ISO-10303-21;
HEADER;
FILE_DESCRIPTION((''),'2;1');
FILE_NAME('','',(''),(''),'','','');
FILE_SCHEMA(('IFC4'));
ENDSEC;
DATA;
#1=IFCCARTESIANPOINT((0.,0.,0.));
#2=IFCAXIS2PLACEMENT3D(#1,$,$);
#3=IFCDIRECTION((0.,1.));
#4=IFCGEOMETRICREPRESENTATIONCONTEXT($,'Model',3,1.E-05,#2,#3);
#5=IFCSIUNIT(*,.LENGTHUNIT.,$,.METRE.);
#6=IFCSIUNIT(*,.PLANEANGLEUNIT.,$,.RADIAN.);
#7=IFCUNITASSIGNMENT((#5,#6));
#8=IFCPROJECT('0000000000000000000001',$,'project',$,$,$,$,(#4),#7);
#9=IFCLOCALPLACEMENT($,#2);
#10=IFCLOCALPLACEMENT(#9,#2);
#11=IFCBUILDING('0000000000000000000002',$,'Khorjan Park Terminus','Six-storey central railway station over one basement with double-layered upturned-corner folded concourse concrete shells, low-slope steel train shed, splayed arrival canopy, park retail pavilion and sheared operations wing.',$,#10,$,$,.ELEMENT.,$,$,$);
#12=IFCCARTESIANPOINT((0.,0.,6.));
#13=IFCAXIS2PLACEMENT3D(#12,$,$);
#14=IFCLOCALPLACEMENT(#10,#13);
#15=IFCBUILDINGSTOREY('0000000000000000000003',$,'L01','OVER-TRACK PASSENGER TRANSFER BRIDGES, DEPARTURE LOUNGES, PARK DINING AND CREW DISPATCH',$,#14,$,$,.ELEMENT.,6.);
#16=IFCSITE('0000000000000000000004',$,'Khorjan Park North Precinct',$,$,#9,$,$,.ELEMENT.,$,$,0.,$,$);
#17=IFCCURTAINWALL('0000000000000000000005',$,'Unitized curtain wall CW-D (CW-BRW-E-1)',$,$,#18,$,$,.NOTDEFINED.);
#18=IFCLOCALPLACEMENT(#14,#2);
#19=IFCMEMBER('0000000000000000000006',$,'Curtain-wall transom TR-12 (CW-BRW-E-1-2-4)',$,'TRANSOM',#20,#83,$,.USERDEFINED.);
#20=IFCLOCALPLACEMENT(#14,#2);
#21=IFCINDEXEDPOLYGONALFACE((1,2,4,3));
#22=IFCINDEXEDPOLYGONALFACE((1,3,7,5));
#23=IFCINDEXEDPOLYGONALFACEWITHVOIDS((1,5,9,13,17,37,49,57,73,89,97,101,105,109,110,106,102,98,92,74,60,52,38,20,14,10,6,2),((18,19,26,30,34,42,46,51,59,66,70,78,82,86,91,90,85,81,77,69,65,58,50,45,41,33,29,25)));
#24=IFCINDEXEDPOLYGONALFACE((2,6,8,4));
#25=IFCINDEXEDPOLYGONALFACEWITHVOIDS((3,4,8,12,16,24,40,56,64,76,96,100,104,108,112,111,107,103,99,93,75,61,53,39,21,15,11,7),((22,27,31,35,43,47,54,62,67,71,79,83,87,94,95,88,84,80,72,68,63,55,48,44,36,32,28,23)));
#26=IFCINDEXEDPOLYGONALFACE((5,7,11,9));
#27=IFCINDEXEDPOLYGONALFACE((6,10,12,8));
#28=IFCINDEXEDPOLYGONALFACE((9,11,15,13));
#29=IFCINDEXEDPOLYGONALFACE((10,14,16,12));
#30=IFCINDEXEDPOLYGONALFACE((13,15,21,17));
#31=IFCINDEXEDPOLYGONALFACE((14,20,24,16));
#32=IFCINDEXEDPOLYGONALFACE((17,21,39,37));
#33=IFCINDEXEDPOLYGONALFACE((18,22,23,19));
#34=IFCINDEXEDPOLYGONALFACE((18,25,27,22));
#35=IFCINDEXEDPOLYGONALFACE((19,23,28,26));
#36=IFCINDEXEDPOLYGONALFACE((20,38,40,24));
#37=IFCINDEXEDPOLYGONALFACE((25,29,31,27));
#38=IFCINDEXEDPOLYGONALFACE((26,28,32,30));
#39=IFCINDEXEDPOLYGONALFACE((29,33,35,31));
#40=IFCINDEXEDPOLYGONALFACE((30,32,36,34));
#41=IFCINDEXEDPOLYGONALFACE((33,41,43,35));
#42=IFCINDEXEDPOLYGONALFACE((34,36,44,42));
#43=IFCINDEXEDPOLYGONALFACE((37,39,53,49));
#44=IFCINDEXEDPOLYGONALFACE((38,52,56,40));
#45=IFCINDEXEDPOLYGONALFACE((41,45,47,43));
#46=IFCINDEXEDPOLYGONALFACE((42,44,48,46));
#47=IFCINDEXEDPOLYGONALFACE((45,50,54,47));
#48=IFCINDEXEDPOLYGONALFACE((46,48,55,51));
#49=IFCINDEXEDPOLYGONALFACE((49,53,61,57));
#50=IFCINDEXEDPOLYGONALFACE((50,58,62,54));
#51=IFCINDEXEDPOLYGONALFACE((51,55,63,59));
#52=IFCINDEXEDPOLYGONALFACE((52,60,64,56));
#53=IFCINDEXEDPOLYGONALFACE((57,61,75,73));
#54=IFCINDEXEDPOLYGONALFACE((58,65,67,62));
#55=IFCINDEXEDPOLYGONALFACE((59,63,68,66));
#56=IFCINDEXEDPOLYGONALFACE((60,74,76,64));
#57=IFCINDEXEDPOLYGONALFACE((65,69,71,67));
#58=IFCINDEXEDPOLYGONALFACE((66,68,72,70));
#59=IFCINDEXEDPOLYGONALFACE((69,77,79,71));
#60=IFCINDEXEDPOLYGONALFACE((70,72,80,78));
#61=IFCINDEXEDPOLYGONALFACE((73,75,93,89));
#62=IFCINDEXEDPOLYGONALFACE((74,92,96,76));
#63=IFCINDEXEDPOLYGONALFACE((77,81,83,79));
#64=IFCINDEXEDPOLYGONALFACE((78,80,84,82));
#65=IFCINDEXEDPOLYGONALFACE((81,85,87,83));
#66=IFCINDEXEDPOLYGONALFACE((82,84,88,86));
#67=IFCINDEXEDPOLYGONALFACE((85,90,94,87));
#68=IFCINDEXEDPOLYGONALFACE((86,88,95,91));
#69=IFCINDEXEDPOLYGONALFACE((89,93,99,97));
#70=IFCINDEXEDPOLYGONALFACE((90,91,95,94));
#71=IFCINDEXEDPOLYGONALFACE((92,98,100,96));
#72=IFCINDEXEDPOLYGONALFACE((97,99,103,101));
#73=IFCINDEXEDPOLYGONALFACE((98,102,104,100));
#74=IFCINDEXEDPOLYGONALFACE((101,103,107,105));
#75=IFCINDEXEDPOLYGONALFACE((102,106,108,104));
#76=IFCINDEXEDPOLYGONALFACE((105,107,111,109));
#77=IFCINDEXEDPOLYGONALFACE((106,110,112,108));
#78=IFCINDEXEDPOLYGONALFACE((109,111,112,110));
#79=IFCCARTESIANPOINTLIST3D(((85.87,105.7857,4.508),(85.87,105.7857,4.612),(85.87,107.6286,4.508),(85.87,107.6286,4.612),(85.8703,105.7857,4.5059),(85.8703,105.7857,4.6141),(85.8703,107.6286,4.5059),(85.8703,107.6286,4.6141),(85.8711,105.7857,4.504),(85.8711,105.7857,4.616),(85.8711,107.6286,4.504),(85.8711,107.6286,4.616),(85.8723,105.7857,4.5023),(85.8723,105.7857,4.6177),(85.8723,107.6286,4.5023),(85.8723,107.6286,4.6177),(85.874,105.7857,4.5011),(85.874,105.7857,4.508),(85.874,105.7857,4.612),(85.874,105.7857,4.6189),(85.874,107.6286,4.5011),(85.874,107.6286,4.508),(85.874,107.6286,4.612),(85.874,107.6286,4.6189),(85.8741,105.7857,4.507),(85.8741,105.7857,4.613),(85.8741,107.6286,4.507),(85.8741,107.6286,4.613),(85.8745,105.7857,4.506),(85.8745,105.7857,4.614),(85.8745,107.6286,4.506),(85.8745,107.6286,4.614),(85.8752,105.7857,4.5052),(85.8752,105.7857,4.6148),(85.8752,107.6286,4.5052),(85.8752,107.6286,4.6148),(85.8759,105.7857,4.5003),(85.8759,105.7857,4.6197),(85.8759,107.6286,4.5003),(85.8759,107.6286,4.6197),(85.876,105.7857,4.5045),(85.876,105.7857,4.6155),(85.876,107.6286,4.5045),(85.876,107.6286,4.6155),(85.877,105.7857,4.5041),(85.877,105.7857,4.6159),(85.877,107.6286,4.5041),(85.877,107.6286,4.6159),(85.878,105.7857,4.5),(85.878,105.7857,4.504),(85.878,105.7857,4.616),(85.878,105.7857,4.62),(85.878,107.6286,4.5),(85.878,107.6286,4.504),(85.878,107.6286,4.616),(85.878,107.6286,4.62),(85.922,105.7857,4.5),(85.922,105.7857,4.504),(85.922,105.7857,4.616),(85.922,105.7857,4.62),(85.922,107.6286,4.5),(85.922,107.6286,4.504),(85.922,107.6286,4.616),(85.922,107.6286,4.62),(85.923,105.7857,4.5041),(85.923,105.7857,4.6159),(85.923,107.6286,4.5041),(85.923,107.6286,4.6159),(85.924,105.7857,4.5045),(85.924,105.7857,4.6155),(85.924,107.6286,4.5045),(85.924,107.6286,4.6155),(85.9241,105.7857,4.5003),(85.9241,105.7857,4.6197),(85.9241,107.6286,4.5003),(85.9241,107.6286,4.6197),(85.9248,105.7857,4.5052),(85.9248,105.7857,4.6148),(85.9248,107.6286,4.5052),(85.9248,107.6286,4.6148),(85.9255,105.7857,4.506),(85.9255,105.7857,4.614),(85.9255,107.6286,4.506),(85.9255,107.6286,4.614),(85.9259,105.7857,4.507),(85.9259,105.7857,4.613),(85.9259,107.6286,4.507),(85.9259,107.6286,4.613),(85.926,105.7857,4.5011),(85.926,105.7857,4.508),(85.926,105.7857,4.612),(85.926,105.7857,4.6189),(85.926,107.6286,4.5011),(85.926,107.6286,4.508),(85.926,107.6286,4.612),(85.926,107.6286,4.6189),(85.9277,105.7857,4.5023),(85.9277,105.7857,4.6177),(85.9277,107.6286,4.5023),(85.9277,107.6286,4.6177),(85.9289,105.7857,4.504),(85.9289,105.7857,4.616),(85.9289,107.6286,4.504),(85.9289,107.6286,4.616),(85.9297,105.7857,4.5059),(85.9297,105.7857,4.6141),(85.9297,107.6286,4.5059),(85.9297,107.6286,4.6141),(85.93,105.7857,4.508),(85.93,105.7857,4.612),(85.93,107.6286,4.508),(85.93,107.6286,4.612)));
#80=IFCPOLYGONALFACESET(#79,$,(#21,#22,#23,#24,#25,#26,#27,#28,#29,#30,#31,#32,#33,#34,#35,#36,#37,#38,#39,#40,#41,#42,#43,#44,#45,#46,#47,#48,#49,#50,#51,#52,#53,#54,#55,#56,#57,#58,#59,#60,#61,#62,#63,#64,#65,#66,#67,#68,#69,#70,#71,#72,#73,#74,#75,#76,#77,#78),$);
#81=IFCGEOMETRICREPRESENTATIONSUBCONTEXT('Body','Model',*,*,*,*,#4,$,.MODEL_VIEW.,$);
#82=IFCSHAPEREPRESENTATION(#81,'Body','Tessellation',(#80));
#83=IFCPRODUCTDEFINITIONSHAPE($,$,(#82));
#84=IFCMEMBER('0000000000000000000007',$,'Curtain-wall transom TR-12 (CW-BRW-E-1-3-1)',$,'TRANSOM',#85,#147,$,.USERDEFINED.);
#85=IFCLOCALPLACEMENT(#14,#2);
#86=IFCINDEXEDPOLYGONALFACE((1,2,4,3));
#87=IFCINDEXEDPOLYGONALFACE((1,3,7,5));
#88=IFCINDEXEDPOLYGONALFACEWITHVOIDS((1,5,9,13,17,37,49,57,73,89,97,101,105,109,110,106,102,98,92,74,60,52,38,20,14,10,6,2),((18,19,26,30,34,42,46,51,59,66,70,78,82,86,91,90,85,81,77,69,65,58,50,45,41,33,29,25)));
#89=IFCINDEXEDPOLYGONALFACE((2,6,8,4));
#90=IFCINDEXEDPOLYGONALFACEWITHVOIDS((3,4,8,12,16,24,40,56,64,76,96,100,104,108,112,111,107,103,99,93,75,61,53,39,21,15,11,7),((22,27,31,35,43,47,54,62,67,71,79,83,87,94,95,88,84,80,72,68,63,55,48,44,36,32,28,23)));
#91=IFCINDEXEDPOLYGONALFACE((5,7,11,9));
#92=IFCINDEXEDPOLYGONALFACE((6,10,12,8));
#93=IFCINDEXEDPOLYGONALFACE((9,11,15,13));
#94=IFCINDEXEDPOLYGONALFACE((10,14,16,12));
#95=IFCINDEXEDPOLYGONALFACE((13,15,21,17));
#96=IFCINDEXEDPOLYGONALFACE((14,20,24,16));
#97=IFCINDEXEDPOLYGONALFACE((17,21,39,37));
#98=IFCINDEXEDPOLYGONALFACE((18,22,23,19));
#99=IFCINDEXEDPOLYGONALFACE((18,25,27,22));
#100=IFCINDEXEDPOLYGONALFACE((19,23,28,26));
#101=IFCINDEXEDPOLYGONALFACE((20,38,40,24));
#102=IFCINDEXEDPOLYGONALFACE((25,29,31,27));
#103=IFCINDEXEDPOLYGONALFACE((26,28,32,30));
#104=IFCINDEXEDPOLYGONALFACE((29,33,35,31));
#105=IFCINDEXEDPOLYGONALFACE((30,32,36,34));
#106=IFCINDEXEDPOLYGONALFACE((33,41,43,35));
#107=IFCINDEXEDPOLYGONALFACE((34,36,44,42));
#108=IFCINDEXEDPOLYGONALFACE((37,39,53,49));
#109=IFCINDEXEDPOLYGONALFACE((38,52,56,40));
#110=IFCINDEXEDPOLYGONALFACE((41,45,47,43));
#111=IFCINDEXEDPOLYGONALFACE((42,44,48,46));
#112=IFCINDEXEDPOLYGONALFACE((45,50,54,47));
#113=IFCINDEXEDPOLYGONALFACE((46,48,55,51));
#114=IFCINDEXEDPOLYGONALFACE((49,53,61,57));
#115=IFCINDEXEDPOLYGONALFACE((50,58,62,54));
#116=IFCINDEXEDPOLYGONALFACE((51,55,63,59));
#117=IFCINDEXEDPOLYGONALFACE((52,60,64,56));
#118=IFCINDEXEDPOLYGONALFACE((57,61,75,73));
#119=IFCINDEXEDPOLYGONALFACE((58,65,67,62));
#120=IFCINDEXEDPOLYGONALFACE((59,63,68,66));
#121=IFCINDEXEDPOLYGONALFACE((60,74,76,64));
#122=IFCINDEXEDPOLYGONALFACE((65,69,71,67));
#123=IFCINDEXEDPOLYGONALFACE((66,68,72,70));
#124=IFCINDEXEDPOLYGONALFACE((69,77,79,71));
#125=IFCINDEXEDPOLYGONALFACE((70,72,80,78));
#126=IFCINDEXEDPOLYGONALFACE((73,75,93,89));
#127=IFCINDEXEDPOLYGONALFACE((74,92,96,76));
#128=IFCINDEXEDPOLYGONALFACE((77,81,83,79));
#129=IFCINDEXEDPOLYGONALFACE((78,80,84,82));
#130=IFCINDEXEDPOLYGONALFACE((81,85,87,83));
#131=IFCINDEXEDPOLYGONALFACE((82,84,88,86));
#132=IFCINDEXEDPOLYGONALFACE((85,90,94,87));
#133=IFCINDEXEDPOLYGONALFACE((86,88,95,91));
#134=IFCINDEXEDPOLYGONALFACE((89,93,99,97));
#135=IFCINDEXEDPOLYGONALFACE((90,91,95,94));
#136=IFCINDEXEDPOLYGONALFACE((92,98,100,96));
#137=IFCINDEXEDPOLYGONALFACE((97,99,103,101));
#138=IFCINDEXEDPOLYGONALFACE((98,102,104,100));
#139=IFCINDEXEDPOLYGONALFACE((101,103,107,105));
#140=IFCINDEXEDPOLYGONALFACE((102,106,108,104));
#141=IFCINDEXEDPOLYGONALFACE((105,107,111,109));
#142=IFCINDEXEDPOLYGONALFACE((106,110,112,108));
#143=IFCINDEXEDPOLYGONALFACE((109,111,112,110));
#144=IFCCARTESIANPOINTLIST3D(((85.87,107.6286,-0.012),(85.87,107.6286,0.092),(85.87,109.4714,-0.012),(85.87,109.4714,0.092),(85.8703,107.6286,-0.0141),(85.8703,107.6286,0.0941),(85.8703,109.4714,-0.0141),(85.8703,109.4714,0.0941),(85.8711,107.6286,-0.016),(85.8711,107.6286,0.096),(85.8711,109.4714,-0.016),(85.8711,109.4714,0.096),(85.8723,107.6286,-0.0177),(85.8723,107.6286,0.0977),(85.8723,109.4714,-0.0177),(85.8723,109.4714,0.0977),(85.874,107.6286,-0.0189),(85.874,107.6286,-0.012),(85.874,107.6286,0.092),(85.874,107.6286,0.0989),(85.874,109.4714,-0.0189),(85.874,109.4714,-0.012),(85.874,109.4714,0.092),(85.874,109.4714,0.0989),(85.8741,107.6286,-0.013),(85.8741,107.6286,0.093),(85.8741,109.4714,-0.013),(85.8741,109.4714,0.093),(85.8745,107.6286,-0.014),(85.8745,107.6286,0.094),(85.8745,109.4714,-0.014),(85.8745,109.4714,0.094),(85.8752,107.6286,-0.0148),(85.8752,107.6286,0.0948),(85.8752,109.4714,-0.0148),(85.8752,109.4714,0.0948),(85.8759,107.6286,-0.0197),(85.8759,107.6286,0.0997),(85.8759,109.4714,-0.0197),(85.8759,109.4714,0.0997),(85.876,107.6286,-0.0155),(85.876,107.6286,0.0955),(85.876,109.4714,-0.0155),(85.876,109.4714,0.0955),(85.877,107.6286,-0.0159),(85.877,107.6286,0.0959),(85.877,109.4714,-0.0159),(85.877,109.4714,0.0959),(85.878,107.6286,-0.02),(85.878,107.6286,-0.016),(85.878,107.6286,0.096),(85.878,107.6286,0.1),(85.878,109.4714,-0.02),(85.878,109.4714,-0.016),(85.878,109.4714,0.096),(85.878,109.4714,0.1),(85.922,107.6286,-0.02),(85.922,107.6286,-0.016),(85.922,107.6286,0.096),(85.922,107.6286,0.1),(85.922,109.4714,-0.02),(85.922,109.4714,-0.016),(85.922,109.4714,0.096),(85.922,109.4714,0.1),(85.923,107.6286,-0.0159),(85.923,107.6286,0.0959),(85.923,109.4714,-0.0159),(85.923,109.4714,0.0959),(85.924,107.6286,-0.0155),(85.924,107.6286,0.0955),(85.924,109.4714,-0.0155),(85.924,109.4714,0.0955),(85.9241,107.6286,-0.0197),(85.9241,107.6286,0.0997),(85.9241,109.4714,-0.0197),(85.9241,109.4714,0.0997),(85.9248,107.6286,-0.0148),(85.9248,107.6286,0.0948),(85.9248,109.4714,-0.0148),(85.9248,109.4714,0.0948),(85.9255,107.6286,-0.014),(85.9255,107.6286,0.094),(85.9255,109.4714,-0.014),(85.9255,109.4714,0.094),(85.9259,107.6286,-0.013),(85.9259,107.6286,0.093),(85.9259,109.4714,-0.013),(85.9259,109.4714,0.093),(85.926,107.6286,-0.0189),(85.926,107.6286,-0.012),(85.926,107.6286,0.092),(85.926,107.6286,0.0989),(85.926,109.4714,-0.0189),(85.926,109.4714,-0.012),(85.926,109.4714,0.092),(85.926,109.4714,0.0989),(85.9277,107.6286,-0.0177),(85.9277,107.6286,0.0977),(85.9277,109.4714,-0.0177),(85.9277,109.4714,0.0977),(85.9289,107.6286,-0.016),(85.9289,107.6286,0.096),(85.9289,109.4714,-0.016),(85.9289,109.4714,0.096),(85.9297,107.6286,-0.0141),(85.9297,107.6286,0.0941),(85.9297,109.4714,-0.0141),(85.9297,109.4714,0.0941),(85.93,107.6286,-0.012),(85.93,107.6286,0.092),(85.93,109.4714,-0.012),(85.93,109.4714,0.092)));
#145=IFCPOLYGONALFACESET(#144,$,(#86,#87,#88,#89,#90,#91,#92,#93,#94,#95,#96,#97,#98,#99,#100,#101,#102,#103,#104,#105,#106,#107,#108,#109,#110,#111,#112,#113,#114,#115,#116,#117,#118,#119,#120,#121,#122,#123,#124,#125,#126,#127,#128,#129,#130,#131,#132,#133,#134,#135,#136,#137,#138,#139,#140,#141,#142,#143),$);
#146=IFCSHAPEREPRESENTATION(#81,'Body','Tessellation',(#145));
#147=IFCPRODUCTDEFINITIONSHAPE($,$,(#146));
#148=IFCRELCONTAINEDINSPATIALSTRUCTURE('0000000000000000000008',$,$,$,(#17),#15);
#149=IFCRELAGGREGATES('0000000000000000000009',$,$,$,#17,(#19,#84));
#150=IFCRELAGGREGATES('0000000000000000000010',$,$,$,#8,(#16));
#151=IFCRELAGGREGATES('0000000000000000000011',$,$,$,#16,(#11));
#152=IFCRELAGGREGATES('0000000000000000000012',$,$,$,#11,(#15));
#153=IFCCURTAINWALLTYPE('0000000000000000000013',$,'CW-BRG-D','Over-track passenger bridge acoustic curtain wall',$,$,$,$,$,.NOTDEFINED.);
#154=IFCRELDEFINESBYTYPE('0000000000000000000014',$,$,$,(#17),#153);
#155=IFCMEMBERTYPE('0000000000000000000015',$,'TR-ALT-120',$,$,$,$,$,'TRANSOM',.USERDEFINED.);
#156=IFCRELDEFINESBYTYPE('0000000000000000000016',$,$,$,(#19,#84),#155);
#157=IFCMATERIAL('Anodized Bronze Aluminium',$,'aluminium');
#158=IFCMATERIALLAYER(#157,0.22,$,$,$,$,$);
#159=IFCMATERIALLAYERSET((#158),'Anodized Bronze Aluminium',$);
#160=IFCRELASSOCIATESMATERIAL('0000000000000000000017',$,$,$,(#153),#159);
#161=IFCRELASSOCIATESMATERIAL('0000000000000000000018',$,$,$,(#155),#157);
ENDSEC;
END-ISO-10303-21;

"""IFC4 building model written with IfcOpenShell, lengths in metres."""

from ifc_helpers import new_model, si_unit, direction, frame, origin, origin_2d, place, context, subcontext, project, spatial, hollow_rectangle, extrude, material, layer, layer_set, material_profile, profile_set, type_object, element, aggregate, save


model = new_model("IFC4")

# Units and contexts
model_context = context("Model", 3, precision=1e-05, world=origin(), true_north=direction((0.0, 1.0)))
body_context = subcontext(model_context, "Body", "Model", "MODEL_VIEW")
ifc_project = project(units=[si_unit("LENGTHUNIT", "METRE"), si_unit("PLANEANGLEUNIT", "RADIAN")], contexts=[model_context])

# Site, building, storey
site_placement = place(None, origin())
site = spatial("IfcSite", under=ifc_project, at=site_placement, Name="Khorjan Park North Precinct", CompositionType="ELEMENT", RefElevation=0.0)
building_placement = place(site_placement, origin())
building = spatial("IfcBuilding", under=site, at=building_placement, Name="Khorjan Park Terminus", Description="Six-storey central railway station over one basement with double-layered upturned-corner folded concourse concrete shells, low-slope steel train shed, splayed arrival canopy, park retail pavilion and sheared operations wing.", CompositionType="ELEMENT")
storey_placement = place(building_placement, frame((0.0, 0.0, 6.0)))
storey = spatial("IfcBuildingStorey", under=building, at=storey_placement, Name="L01", Description="OVER-TRACK PASSENGER TRANSFER BRIDGES, DEPARTURE LOUNGES, PARK DINING AND CREW DISPATCH", CompositionType="ELEMENT", Elevation=6.0)

# Curtain wall
ifc_material_1 = material(Name="Anodized Bronze Aluminium", Category="aluminium")
ifc_layer_1 = layer(ifc_material_1, 0.22)
ifc_layer_set_1 = layer_set([ifc_layer_1], Name="Anodized Bronze Aluminium")
curtain_wall_type = type_object("IfcCurtainWallType", Name="CW-BRG-D", Description="Over-track passenger bridge acoustic curtain wall", PredefinedType="NOTDEFINED", material=ifc_layer_set_1)
curtain_wall_1_placement = place(storey_placement, origin())
curtain_wall_1 = element("IfcCurtainWall", 1, at=curtain_wall_1_placement, inside=storey, type_object=curtain_wall_type, Name="Unitized curtain wall CW-D (CW-BRW-E-1)", PredefinedType="NOTDEFINED")

# Members
ifc_material_profile_1 = material_profile(ifc_material_1, hollow_rectangle(XDim=0.06, YDim=0.12, WallThickness=0.004, InnerFilletRadius=0.004, OuterFilletRadius=0.008, at=origin_2d()), Name="ALT 60x120x4")
ifc_profile_set_1 = profile_set([ifc_material_profile_1], Name="Anodized Bronze Aluminium")
member_type_1 = type_object("IfcMemberType", Name="TR-ALT-120", ElementType="TRANSOM", PredefinedType="USERDEFINED", material=ifc_profile_set_1)
member_1_placement = place(storey_placement, frame((85.9, 105.7857, 4.56), z_axis=(0.0, 1.0, 0.0), x_axis=(-1.0, 0.0, 0.0)))
member_1 = element("IfcMember", 2, at=member_1_placement, type_object=member_type_1, Name="Curtain-wall transom TR-12 (CW-BRW-E-1-2-4)", ObjectType="TRANSOM", PredefinedType="USERDEFINED", context=body_context, shape_type="SweptSolid", body=[
    extrude(hollow_rectangle(XDim=0.06, YDim=0.12, WallThickness=0.004, InnerFilletRadius=0.004, OuterFilletRadius=0.008, at=origin_2d()), origin(), (0.0, 0.0, 1.0), 1.8429),
])
member_2_placement = place(storey_placement, frame((85.9, 107.6286, 0.04), z_axis=(0.0, 1.0, 0.0), x_axis=(-1.0, 0.0, 0.0)))
member_2 = element("IfcMember", 3, at=member_2_placement, type_object=member_type_1, Name="Curtain-wall transom TR-12 (CW-BRW-E-1-3-1)", ObjectType="TRANSOM", PredefinedType="USERDEFINED", context=body_context, shape_type="SweptSolid", body=[
    extrude(hollow_rectangle(XDim=0.06, YDim=0.12, WallThickness=0.004, InnerFilletRadius=0.004, OuterFilletRadius=0.008, at=origin_2d()), origin(), (0.0, 0.0, 1.0), 1.8428),
])

aggregate(curtain_wall_1, [member_1, member_2])

save(model, "model.ifc")
